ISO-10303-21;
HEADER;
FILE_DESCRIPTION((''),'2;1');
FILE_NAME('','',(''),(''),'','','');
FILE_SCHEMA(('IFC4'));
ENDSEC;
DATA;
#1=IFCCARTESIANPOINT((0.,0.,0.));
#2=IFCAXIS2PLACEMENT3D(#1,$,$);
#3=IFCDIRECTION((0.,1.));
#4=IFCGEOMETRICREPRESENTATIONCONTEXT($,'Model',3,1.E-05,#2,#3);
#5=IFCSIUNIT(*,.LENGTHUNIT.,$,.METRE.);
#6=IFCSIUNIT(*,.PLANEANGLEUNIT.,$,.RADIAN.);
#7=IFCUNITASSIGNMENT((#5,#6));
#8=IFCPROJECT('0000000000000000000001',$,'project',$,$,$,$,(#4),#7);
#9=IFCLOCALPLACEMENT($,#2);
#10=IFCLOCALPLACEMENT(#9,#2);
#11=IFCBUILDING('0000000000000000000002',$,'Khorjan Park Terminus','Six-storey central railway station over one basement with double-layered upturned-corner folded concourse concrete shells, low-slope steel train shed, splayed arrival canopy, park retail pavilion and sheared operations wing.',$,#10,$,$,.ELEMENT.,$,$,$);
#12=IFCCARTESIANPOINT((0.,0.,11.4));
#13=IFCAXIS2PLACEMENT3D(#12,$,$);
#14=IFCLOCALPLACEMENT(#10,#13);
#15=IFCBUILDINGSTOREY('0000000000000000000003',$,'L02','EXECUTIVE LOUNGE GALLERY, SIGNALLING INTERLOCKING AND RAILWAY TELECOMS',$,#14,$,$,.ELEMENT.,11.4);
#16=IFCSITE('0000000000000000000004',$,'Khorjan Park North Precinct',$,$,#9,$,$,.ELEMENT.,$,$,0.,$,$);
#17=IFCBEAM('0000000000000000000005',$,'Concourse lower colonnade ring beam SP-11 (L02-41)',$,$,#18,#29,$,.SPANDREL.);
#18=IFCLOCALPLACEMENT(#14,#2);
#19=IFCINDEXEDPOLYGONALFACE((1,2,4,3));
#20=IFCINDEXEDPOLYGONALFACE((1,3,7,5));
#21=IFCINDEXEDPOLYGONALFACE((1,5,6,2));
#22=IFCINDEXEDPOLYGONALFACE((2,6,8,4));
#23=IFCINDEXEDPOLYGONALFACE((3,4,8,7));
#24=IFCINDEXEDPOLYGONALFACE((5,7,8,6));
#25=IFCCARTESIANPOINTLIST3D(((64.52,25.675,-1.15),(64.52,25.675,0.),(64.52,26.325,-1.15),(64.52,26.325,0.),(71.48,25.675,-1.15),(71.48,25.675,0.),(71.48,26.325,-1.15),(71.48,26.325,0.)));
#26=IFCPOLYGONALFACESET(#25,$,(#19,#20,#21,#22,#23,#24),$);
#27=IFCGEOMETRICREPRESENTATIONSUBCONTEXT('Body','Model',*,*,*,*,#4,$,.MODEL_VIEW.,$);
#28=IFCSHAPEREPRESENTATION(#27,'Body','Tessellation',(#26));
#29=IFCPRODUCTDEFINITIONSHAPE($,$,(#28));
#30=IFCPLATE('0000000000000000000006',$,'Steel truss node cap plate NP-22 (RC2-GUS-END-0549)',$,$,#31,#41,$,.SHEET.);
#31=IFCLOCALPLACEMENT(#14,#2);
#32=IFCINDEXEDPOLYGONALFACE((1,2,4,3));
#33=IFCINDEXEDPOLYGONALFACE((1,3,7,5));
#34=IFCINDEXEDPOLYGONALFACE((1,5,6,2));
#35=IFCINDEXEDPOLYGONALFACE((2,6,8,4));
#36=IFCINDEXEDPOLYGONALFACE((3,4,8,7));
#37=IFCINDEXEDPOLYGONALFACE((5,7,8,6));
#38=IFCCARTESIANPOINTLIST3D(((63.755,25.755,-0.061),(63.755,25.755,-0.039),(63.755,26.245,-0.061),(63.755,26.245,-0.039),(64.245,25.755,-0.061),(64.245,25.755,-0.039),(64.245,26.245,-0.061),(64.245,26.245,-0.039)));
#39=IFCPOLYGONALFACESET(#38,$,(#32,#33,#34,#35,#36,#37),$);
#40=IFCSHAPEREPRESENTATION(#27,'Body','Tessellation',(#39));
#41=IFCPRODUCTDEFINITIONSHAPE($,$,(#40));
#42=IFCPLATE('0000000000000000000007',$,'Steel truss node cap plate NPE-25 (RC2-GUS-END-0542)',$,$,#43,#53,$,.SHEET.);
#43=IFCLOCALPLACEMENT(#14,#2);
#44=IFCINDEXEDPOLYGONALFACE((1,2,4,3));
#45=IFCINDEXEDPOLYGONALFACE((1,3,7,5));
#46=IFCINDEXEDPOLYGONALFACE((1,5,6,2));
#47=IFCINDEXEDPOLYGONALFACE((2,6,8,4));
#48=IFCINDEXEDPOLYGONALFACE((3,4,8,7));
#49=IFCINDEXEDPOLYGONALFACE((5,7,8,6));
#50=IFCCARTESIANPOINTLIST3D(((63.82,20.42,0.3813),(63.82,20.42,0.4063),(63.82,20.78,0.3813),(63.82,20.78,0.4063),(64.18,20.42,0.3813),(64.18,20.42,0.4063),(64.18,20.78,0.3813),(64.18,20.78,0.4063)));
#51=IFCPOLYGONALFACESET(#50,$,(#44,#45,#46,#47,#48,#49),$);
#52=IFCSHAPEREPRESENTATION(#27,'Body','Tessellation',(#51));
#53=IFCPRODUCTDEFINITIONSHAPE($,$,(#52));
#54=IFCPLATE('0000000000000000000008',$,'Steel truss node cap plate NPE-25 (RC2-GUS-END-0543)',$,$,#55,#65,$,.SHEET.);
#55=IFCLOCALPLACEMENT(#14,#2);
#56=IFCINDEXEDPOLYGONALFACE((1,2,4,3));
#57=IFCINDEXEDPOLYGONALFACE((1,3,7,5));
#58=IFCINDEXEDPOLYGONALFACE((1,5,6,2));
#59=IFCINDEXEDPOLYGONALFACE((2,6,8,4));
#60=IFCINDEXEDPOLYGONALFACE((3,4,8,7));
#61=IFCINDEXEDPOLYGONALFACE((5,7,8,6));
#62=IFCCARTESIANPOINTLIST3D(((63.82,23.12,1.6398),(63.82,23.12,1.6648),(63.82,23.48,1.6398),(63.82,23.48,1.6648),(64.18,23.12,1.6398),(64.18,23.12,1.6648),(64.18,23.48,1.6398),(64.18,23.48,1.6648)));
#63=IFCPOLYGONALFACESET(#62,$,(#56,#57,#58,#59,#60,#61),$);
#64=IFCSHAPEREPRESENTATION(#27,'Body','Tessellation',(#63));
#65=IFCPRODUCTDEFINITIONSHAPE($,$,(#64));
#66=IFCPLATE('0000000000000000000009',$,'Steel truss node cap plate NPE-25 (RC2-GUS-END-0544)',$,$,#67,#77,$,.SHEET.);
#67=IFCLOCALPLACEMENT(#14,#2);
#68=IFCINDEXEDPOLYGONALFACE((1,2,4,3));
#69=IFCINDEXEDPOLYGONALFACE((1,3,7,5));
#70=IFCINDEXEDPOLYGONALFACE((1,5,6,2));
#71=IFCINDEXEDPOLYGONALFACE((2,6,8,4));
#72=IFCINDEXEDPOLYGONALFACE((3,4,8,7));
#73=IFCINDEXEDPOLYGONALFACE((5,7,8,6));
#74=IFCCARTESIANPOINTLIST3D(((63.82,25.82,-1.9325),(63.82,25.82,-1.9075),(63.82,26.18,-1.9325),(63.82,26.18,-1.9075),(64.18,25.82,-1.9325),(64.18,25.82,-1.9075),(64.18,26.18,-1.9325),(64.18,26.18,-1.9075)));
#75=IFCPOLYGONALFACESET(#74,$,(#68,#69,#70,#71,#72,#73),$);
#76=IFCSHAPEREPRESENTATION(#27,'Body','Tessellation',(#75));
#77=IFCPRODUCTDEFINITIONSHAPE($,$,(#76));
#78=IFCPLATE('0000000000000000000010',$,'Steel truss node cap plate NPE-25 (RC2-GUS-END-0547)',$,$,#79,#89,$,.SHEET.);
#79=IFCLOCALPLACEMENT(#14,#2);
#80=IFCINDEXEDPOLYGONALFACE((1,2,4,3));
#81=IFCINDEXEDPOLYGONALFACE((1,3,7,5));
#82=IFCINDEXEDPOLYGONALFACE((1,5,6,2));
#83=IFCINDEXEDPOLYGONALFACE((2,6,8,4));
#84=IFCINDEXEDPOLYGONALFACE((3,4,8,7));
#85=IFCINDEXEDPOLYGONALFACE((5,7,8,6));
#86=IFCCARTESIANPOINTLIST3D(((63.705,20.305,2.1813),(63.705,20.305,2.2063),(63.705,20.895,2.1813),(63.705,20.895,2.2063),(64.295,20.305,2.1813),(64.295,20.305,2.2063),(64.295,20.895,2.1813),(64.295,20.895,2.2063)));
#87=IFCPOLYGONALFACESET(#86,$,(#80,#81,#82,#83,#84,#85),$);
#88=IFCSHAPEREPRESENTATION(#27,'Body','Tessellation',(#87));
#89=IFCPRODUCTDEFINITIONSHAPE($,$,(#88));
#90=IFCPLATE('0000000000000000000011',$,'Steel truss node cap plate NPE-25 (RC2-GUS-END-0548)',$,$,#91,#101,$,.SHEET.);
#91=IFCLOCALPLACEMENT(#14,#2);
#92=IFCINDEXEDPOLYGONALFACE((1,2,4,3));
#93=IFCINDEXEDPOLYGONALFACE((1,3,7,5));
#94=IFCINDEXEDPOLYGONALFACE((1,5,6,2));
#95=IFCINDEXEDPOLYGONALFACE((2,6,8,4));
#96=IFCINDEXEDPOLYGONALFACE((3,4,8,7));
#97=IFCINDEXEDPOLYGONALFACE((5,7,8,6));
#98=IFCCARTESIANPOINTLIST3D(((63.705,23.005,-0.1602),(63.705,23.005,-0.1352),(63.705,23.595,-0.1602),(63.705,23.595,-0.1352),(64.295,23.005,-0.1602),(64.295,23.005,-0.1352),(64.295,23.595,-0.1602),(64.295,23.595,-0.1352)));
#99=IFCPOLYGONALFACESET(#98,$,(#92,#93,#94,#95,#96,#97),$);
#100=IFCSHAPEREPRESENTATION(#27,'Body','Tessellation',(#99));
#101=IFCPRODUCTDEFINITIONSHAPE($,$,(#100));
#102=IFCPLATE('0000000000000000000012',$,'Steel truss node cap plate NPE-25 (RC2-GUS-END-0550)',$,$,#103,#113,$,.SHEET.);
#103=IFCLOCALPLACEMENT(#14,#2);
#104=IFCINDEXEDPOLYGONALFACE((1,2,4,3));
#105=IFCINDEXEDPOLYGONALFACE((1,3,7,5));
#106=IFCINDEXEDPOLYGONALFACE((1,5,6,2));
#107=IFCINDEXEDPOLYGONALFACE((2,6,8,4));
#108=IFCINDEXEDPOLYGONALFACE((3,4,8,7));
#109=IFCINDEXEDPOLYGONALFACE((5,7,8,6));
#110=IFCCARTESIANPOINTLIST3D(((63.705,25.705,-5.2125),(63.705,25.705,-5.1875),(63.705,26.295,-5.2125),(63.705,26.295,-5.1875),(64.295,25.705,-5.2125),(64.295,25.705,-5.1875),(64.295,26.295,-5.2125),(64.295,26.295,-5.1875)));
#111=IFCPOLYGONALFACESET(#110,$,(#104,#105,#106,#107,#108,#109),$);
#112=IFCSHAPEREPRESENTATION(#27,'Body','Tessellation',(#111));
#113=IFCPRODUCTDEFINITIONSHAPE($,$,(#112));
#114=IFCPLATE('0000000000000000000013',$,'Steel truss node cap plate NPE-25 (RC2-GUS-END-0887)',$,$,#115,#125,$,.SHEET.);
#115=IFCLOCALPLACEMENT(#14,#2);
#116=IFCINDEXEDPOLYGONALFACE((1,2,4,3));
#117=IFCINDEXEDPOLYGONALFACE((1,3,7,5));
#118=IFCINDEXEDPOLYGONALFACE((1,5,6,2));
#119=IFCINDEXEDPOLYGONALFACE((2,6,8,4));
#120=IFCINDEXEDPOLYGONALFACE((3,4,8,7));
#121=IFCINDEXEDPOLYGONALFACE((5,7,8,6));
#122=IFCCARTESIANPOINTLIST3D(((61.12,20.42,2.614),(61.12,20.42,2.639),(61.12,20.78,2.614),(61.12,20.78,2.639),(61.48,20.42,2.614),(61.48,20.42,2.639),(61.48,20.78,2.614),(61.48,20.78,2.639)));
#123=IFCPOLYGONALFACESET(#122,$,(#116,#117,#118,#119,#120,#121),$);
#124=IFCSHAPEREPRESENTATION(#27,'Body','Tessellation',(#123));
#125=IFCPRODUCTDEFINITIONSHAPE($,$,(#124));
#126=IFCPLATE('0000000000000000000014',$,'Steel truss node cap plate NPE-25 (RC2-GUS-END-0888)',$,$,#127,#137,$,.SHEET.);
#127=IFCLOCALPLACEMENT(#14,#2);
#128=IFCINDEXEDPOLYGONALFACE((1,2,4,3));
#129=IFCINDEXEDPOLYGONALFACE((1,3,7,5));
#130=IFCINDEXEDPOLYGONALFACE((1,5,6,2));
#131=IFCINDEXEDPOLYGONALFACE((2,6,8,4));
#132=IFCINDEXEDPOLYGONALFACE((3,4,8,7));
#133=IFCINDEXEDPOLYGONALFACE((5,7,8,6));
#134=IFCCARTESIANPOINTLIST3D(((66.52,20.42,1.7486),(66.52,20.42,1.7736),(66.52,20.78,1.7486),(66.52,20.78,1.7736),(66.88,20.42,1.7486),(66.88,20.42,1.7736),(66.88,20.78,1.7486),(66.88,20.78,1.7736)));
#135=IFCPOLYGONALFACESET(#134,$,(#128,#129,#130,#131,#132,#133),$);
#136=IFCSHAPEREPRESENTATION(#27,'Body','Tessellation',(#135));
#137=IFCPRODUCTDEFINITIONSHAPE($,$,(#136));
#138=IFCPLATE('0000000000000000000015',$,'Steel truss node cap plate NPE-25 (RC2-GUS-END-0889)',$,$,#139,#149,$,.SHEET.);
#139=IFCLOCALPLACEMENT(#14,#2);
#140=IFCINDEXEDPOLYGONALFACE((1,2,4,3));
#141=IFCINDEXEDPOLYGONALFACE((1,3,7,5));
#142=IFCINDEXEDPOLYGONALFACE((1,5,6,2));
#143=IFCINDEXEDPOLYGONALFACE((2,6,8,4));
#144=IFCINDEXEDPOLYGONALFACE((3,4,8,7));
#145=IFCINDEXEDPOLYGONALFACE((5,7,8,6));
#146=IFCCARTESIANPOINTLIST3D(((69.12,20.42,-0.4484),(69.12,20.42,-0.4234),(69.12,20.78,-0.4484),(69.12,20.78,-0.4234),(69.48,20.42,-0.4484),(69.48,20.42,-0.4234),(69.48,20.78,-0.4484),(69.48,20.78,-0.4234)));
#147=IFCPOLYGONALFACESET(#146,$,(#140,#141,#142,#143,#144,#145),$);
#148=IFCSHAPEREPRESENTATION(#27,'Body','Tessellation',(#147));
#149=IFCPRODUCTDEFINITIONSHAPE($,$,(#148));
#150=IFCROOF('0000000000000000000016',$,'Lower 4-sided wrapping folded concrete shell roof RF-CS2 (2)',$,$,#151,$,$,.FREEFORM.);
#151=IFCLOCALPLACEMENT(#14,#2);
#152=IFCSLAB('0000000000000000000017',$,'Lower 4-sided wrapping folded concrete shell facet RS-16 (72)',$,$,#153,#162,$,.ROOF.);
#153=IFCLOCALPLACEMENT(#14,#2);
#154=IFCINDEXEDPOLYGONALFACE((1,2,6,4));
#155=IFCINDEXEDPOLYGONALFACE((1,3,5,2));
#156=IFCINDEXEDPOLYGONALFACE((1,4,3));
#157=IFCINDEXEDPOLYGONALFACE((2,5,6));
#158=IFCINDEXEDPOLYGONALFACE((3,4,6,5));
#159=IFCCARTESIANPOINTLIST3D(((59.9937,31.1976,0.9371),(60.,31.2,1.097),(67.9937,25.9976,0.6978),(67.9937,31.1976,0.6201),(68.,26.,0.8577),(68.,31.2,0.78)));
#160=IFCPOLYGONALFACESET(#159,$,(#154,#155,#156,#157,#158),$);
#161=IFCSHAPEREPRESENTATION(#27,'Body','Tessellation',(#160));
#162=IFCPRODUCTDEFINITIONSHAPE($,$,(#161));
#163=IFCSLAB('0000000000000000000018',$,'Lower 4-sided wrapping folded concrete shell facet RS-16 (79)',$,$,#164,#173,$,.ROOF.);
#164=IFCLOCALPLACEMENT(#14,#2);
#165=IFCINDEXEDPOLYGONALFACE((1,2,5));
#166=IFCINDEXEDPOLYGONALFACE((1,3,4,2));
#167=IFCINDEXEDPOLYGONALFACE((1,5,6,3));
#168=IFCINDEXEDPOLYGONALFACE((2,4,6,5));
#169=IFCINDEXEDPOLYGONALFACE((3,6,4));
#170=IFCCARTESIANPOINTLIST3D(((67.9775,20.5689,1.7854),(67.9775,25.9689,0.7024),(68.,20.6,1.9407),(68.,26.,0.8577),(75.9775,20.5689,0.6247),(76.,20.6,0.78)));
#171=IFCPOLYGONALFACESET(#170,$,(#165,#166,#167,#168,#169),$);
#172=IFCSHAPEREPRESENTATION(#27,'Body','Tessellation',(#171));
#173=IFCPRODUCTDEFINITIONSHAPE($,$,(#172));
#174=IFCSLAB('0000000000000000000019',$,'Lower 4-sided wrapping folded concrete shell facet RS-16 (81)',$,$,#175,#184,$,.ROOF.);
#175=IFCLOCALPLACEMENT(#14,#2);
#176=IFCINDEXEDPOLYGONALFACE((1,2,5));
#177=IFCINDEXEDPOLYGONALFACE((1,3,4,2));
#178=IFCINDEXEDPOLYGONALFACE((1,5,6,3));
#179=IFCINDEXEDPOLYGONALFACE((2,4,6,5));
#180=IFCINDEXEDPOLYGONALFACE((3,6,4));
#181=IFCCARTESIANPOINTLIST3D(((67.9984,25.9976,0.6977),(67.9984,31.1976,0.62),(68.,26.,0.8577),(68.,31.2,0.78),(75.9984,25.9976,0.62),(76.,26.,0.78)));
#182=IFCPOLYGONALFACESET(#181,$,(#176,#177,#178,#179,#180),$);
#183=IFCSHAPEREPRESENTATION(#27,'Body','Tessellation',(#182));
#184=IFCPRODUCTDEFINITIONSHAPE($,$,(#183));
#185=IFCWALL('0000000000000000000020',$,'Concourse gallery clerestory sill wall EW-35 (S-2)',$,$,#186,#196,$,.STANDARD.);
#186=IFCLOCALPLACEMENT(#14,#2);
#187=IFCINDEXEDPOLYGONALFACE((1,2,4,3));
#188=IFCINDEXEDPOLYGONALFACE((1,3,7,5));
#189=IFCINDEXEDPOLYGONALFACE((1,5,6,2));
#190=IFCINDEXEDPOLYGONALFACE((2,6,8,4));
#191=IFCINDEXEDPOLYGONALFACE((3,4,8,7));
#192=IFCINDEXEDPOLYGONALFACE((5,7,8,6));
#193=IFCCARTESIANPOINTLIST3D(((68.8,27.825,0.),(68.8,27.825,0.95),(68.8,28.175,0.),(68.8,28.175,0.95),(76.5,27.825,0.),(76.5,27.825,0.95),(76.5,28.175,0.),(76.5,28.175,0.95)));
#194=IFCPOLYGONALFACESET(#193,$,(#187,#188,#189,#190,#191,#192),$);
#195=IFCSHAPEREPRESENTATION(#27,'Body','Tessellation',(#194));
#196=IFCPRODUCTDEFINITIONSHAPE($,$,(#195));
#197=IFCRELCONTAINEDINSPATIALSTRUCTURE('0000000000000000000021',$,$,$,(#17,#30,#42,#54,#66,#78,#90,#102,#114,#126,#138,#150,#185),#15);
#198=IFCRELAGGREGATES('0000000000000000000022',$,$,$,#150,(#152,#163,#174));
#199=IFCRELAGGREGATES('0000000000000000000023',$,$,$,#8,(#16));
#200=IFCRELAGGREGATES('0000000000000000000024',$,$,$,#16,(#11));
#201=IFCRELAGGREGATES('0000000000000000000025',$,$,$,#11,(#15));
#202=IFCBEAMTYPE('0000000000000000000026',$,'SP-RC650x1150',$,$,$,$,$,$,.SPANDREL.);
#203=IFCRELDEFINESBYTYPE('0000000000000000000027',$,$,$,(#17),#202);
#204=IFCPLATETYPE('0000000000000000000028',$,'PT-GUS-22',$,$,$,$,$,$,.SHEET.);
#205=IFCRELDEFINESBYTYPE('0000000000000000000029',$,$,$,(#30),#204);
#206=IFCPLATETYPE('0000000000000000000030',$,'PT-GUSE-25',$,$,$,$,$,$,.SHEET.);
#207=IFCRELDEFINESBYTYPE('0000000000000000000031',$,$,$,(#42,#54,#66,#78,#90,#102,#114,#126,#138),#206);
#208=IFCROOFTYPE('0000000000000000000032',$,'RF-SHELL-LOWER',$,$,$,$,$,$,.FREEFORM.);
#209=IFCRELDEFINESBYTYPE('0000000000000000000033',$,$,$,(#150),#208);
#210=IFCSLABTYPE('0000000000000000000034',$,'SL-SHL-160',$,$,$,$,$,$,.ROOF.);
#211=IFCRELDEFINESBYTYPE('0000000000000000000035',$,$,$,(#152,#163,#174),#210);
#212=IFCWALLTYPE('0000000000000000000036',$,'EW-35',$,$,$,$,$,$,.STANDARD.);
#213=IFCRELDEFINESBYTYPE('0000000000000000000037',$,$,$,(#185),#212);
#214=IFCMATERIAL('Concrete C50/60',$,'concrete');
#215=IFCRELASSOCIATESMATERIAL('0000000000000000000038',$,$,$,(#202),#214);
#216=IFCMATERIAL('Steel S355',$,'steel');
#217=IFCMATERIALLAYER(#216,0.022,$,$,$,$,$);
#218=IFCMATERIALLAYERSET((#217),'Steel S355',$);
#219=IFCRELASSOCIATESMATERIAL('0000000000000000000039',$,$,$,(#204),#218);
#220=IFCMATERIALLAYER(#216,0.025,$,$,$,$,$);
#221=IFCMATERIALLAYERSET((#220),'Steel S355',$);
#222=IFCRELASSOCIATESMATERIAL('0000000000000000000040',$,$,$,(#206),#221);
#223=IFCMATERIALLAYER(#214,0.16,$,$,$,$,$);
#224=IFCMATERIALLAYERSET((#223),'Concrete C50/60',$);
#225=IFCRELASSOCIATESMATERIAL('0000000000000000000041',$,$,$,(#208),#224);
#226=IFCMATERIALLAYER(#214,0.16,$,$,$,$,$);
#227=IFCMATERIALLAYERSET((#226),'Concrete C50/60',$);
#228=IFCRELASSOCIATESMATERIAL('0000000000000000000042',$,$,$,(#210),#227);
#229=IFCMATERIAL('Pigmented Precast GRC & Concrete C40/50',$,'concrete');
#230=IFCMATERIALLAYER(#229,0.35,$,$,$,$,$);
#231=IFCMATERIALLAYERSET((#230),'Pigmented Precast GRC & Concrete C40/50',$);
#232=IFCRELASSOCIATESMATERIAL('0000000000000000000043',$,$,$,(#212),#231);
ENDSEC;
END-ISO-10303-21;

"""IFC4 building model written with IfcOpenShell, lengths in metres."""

from ifc_helpers import new_model, si_unit, direction, frame, frame_2d, origin, origin_2d, place, context, subcontext, project, spatial, polyline, rectangle, outline, extrude, material, layer, layer_set, material_profile, profile_set, type_object, element, aggregate, save


model = new_model("IFC4")

# Units and contexts
model_context = context("Model", 3, precision=1e-05, world=origin(), true_north=direction((0.0, 1.0)))
body_context = subcontext(model_context, "Body", "Model", "MODEL_VIEW")
ifc_project = project(units=[si_unit("LENGTHUNIT", "METRE"), si_unit("PLANEANGLEUNIT", "RADIAN")], contexts=[model_context])

# Site, building, storey
site_placement = place(None, origin())
site = spatial("IfcSite", under=ifc_project, at=site_placement, Name="Khorjan Park North Precinct", CompositionType="ELEMENT", RefElevation=0.0)
building_placement = place(site_placement, origin())
building = spatial("IfcBuilding", under=site, at=building_placement, Name="Khorjan Park Terminus", Description="Six-storey central railway station over one basement with double-layered upturned-corner folded concourse concrete shells, low-slope steel train shed, splayed arrival canopy, park retail pavilion and sheared operations wing.", CompositionType="ELEMENT")
storey_placement = place(building_placement, frame((0.0, 0.0, 11.4)))
storey = spatial("IfcBuildingStorey", under=building, at=storey_placement, Name="L02", Description="EXECUTIVE LOUNGE GALLERY, SIGNALLING INTERLOCKING AND RAILWAY TELECOMS", CompositionType="ELEMENT", Elevation=11.4)

# Shared definitions
ifc_material_1 = material(Name="Concrete C50/60", Category="concrete")

# Shared definitions
ifc_material_2 = material(Name="Steel S355", Category="steel")

# Beam
ifc_material_profile_1 = material_profile(ifc_material_1, rectangle(XDim=0.65, YDim=1.15, at=origin_2d()), Name="RC 650x1150")
ifc_profile_set_1 = profile_set([ifc_material_profile_1], Name="Concrete C50/60")
beam_type_1 = type_object("IfcBeamType", Name="SP-RC650x1150", PredefinedType="SPANDREL", material=ifc_profile_set_1)
beam_1_placement = place(storey_placement, frame((64.52, 26.0, -0.575), z_axis=(1.0, 0.0, 0.0), x_axis=(0.0, 1.0, 0.0)))
element("IfcBeam", 1, at=beam_1_placement, inside=storey, type_object=beam_type_1, Name="Concourse lower colonnade ring beam SP-11 (L02-41)", PredefinedType="SPANDREL", context=body_context, shape_type="SweptSolid", body=[
    extrude(rectangle(XDim=0.65, YDim=1.15, at=origin_2d()), origin(), (0.0, 0.0, 1.0), 6.96),
])

# Plates
ifc_layer_1 = layer(ifc_material_2, 0.022)
ifc_layer_set_1 = layer_set([ifc_layer_1], Name="Steel S355")
plate_type_1 = type_object("IfcPlateType", Name="PT-GUS-22", PredefinedType="SHEET", material=ifc_layer_set_1)
plate_placement = place(storey_placement, frame((64.0, 26.0, -0.061), z_axis=(0.0, 0.0, 1.0), x_axis=(1.0, 0.0, 0.0)))
element("IfcPlate", 2, at=plate_placement, inside=storey, type_object=plate_type_1, Name="Steel truss node cap plate NP-22 (RC2-GUS-END-0549)", PredefinedType="SHEET", context=body_context, shape_type="SweptSolid", body=[
    extrude(rectangle(XDim=0.49, YDim=0.49, at=origin_2d()), origin(), (0.0, 0.0, 1.0), 0.022),
])
ifc_layer_2 = layer(ifc_material_2, 0.025)
ifc_layer_set_2 = layer_set([ifc_layer_2], Name="Steel S355")
plate_type_2 = type_object("IfcPlateType", Name="PT-GUSE-25", PredefinedType="SHEET", material=ifc_layer_set_2)
for number, where, z_axis, x_axis, name in (
    (3, (64.0, 20.6, 0.3813), (0.0, 0.0, 1.0), (1.0, 0.0, 0.0), "Steel truss node cap plate NPE-25 (RC2-GUS-END-0542)"),
    (4, (64.0, 23.3, 1.6398), (0.0, 0.0, 1.0), (1.0, 0.0, 0.0), "Steel truss node cap plate NPE-25 (RC2-GUS-END-0543)"),
    (5, (64.0, 26.0, -1.9325), (0.0, 0.0, 1.0), (1.0, 0.0, 0.0), "Steel truss node cap plate NPE-25 (RC2-GUS-END-0544)"),
):
    element("IfcPlate", number, at=place(storey_placement, frame(where, z_axis=z_axis, x_axis=x_axis)), inside=storey, type_object=plate_type_2, Name=name, PredefinedType="SHEET", context=body_context, shape_type="SweptSolid", body=[
        extrude(rectangle(XDim=0.36, YDim=0.36, at=origin_2d()), origin(), (0.0, 0.0, 1.0), 0.025),
    ])
for number, where, z_axis, x_axis, name in (
    (6, (64.0, 20.6, 2.1813), (0.0, 0.0, 1.0), (1.0, 0.0, 0.0), "Steel truss node cap plate NPE-25 (RC2-GUS-END-0547)"),
    (7, (64.0, 23.3, -0.1602), (0.0, 0.0, 1.0), (1.0, 0.0, 0.0), "Steel truss node cap plate NPE-25 (RC2-GUS-END-0548)"),
    (8, (64.0, 26.0, -5.2125), (0.0, 0.0, 1.0), (1.0, 0.0, 0.0), "Steel truss node cap plate NPE-25 (RC2-GUS-END-0550)"),
):
    element("IfcPlate", number, at=place(storey_placement, frame(where, z_axis=z_axis, x_axis=x_axis)), inside=storey, type_object=plate_type_2, Name=name, PredefinedType="SHEET", context=body_context, shape_type="SweptSolid", body=[
        extrude(rectangle(XDim=0.59, YDim=0.59, at=origin_2d()), origin(), (0.0, 0.0, 1.0), 0.025),
    ])
for number, where, z_axis, x_axis, name in (
    (9, (61.3, 20.6, 2.614), (0.0, 0.0, 1.0), (1.0, 0.0, 0.0), "Steel truss node cap plate NPE-25 (RC2-GUS-END-0887)"),
    (10, (66.7, 20.6, 1.7486), (0.0, 0.0, 1.0), (1.0, 0.0, 0.0), "Steel truss node cap plate NPE-25 (RC2-GUS-END-0888)"),
    (11, (69.3, 20.6, -0.4484), (0.0, 0.0, 1.0), (1.0, 0.0, 0.0), "Steel truss node cap plate NPE-25 (RC2-GUS-END-0889)"),
):
    element("IfcPlate", number, at=place(storey_placement, frame(where, z_axis=z_axis, x_axis=x_axis)), inside=storey, type_object=plate_type_2, Name=name, PredefinedType="SHEET", context=body_context, shape_type="SweptSolid", body=[
        extrude(rectangle(XDim=0.36, YDim=0.36, at=origin_2d()), origin(), (0.0, 0.0, 1.0), 0.025),
    ])

# Roof, slabs
ifc_layer_3 = layer(ifc_material_1, 0.16)
ifc_layer_set_3 = layer_set([ifc_layer_3], Name="Concrete C50/60")
roof_type = type_object("IfcRoofType", Name="RF-SHELL-LOWER", PredefinedType="FREEFORM", material=ifc_layer_set_3)
roof_placement = place(storey_placement, origin())
roof = element("IfcRoof", 12, at=roof_placement, inside=storey, type_object=roof_type, Name="Lower 4-sided wrapping folded concrete shell roof RF-CS2 (2)", PredefinedType="FREEFORM")
ifc_layer_4 = layer(ifc_material_1, 0.16)
ifc_layer_set_4 = layer_set([ifc_layer_4], Name="Concrete C50/60")
slab_type = type_object("IfcSlabType", Name="SL-SHL-160", PredefinedType="ROOF", material=ifc_layer_set_4)
slab_1_placement = place(storey_placement, frame((68.0, 26.0, 0.8577), z_axis=(0.03959, 0.014929, 0.999104), x_axis=(0.0, 0.999888, -0.014941)))
slab_1 = element("IfcSlab", 13, at=slab_1_placement, type_object=slab_type, Name="Lower 4-sided wrapping folded concrete shell facet RS-16 (72)", PredefinedType="ROOF", context=body_context, shape_type="SweptSolid", body=[
    extrude(outline(polyline([(0.0, 0.0), (5.2006, 0.0), (5.1958, 8.0063), (0.0, 0.0)])), origin(), (0.0, 0.0, -1.0), 0.16),
])
slab_2_placement = place(storey_placement, frame((68.0, 20.6, 1.9407), z_axis=(0.140837, 0.19468, 0.970703), x_axis=(0.989638, 0.0, -0.143584)))
slab_2 = element("IfcSlab", 14, at=slab_2_placement, type_object=slab_type, Name="Lower 4-sided wrapping folded concrete shell facet RS-16 (79)", PredefinedType="ROOF", context=body_context, shape_type="SweptSolid", body=[
    extrude(outline(polyline([(0.0, 0.0), (8.0838, 0.0), (0.1555, 5.5053), (0.0, 0.0)])), origin(), (0.0, 0.0, -1.0), 0.16),
])
slab_3_placement = place(storey_placement, frame((68.0, 26.0, 0.8577), z_axis=(0.009711, 0.01494, 0.999841), x_axis=(0.999953, 0.0, -0.009712)))
slab_3 = element("IfcSlab", 15, at=slab_3_placement, type_object=slab_type, Name="Lower 4-sided wrapping folded concrete shell facet RS-16 (81)", PredefinedType="ROOF", context=body_context, shape_type="SweptSolid", body=[
    extrude(outline(polyline([(0.0, 0.0), (8.0004, 0.0), (0.0008, 5.2006), (0.0, 0.0)])), origin(), (0.0, 0.0, -1.0), 0.16),
])
aggregate(roof, [slab_1, slab_2, slab_3])

# Wall
ifc_material_3 = material(Name="Pigmented Precast GRC & Concrete C40/50", Category="concrete")
ifc_layer_5 = layer(ifc_material_3, 0.35)
ifc_layer_set_5 = layer_set([ifc_layer_5], Name="Pigmented Precast GRC & Concrete C40/50")
wall_type = type_object("IfcWallType", Name="EW-35", PredefinedType="STANDARD", material=ifc_layer_set_5)
wall_placement = place(storey_placement, frame((68.8, 28.0, 0.0), z_axis=(0.0, 0.0, 1.0), x_axis=(1.0, 0.0, 0.0)))
element("IfcWall", 16, at=wall_placement, inside=storey, type_object=wall_type, Name="Concourse gallery clerestory sill wall EW-35 (S-2)", PredefinedType="STANDARD", context=body_context, shape_type="SweptSolid", body=[
    extrude(rectangle(XDim=7.7, YDim=0.35, at=frame_2d((3.85, 0.0))), origin(), (0.0, 0.0, 1.0), 0.95),
])

save(model, "model.ifc")
